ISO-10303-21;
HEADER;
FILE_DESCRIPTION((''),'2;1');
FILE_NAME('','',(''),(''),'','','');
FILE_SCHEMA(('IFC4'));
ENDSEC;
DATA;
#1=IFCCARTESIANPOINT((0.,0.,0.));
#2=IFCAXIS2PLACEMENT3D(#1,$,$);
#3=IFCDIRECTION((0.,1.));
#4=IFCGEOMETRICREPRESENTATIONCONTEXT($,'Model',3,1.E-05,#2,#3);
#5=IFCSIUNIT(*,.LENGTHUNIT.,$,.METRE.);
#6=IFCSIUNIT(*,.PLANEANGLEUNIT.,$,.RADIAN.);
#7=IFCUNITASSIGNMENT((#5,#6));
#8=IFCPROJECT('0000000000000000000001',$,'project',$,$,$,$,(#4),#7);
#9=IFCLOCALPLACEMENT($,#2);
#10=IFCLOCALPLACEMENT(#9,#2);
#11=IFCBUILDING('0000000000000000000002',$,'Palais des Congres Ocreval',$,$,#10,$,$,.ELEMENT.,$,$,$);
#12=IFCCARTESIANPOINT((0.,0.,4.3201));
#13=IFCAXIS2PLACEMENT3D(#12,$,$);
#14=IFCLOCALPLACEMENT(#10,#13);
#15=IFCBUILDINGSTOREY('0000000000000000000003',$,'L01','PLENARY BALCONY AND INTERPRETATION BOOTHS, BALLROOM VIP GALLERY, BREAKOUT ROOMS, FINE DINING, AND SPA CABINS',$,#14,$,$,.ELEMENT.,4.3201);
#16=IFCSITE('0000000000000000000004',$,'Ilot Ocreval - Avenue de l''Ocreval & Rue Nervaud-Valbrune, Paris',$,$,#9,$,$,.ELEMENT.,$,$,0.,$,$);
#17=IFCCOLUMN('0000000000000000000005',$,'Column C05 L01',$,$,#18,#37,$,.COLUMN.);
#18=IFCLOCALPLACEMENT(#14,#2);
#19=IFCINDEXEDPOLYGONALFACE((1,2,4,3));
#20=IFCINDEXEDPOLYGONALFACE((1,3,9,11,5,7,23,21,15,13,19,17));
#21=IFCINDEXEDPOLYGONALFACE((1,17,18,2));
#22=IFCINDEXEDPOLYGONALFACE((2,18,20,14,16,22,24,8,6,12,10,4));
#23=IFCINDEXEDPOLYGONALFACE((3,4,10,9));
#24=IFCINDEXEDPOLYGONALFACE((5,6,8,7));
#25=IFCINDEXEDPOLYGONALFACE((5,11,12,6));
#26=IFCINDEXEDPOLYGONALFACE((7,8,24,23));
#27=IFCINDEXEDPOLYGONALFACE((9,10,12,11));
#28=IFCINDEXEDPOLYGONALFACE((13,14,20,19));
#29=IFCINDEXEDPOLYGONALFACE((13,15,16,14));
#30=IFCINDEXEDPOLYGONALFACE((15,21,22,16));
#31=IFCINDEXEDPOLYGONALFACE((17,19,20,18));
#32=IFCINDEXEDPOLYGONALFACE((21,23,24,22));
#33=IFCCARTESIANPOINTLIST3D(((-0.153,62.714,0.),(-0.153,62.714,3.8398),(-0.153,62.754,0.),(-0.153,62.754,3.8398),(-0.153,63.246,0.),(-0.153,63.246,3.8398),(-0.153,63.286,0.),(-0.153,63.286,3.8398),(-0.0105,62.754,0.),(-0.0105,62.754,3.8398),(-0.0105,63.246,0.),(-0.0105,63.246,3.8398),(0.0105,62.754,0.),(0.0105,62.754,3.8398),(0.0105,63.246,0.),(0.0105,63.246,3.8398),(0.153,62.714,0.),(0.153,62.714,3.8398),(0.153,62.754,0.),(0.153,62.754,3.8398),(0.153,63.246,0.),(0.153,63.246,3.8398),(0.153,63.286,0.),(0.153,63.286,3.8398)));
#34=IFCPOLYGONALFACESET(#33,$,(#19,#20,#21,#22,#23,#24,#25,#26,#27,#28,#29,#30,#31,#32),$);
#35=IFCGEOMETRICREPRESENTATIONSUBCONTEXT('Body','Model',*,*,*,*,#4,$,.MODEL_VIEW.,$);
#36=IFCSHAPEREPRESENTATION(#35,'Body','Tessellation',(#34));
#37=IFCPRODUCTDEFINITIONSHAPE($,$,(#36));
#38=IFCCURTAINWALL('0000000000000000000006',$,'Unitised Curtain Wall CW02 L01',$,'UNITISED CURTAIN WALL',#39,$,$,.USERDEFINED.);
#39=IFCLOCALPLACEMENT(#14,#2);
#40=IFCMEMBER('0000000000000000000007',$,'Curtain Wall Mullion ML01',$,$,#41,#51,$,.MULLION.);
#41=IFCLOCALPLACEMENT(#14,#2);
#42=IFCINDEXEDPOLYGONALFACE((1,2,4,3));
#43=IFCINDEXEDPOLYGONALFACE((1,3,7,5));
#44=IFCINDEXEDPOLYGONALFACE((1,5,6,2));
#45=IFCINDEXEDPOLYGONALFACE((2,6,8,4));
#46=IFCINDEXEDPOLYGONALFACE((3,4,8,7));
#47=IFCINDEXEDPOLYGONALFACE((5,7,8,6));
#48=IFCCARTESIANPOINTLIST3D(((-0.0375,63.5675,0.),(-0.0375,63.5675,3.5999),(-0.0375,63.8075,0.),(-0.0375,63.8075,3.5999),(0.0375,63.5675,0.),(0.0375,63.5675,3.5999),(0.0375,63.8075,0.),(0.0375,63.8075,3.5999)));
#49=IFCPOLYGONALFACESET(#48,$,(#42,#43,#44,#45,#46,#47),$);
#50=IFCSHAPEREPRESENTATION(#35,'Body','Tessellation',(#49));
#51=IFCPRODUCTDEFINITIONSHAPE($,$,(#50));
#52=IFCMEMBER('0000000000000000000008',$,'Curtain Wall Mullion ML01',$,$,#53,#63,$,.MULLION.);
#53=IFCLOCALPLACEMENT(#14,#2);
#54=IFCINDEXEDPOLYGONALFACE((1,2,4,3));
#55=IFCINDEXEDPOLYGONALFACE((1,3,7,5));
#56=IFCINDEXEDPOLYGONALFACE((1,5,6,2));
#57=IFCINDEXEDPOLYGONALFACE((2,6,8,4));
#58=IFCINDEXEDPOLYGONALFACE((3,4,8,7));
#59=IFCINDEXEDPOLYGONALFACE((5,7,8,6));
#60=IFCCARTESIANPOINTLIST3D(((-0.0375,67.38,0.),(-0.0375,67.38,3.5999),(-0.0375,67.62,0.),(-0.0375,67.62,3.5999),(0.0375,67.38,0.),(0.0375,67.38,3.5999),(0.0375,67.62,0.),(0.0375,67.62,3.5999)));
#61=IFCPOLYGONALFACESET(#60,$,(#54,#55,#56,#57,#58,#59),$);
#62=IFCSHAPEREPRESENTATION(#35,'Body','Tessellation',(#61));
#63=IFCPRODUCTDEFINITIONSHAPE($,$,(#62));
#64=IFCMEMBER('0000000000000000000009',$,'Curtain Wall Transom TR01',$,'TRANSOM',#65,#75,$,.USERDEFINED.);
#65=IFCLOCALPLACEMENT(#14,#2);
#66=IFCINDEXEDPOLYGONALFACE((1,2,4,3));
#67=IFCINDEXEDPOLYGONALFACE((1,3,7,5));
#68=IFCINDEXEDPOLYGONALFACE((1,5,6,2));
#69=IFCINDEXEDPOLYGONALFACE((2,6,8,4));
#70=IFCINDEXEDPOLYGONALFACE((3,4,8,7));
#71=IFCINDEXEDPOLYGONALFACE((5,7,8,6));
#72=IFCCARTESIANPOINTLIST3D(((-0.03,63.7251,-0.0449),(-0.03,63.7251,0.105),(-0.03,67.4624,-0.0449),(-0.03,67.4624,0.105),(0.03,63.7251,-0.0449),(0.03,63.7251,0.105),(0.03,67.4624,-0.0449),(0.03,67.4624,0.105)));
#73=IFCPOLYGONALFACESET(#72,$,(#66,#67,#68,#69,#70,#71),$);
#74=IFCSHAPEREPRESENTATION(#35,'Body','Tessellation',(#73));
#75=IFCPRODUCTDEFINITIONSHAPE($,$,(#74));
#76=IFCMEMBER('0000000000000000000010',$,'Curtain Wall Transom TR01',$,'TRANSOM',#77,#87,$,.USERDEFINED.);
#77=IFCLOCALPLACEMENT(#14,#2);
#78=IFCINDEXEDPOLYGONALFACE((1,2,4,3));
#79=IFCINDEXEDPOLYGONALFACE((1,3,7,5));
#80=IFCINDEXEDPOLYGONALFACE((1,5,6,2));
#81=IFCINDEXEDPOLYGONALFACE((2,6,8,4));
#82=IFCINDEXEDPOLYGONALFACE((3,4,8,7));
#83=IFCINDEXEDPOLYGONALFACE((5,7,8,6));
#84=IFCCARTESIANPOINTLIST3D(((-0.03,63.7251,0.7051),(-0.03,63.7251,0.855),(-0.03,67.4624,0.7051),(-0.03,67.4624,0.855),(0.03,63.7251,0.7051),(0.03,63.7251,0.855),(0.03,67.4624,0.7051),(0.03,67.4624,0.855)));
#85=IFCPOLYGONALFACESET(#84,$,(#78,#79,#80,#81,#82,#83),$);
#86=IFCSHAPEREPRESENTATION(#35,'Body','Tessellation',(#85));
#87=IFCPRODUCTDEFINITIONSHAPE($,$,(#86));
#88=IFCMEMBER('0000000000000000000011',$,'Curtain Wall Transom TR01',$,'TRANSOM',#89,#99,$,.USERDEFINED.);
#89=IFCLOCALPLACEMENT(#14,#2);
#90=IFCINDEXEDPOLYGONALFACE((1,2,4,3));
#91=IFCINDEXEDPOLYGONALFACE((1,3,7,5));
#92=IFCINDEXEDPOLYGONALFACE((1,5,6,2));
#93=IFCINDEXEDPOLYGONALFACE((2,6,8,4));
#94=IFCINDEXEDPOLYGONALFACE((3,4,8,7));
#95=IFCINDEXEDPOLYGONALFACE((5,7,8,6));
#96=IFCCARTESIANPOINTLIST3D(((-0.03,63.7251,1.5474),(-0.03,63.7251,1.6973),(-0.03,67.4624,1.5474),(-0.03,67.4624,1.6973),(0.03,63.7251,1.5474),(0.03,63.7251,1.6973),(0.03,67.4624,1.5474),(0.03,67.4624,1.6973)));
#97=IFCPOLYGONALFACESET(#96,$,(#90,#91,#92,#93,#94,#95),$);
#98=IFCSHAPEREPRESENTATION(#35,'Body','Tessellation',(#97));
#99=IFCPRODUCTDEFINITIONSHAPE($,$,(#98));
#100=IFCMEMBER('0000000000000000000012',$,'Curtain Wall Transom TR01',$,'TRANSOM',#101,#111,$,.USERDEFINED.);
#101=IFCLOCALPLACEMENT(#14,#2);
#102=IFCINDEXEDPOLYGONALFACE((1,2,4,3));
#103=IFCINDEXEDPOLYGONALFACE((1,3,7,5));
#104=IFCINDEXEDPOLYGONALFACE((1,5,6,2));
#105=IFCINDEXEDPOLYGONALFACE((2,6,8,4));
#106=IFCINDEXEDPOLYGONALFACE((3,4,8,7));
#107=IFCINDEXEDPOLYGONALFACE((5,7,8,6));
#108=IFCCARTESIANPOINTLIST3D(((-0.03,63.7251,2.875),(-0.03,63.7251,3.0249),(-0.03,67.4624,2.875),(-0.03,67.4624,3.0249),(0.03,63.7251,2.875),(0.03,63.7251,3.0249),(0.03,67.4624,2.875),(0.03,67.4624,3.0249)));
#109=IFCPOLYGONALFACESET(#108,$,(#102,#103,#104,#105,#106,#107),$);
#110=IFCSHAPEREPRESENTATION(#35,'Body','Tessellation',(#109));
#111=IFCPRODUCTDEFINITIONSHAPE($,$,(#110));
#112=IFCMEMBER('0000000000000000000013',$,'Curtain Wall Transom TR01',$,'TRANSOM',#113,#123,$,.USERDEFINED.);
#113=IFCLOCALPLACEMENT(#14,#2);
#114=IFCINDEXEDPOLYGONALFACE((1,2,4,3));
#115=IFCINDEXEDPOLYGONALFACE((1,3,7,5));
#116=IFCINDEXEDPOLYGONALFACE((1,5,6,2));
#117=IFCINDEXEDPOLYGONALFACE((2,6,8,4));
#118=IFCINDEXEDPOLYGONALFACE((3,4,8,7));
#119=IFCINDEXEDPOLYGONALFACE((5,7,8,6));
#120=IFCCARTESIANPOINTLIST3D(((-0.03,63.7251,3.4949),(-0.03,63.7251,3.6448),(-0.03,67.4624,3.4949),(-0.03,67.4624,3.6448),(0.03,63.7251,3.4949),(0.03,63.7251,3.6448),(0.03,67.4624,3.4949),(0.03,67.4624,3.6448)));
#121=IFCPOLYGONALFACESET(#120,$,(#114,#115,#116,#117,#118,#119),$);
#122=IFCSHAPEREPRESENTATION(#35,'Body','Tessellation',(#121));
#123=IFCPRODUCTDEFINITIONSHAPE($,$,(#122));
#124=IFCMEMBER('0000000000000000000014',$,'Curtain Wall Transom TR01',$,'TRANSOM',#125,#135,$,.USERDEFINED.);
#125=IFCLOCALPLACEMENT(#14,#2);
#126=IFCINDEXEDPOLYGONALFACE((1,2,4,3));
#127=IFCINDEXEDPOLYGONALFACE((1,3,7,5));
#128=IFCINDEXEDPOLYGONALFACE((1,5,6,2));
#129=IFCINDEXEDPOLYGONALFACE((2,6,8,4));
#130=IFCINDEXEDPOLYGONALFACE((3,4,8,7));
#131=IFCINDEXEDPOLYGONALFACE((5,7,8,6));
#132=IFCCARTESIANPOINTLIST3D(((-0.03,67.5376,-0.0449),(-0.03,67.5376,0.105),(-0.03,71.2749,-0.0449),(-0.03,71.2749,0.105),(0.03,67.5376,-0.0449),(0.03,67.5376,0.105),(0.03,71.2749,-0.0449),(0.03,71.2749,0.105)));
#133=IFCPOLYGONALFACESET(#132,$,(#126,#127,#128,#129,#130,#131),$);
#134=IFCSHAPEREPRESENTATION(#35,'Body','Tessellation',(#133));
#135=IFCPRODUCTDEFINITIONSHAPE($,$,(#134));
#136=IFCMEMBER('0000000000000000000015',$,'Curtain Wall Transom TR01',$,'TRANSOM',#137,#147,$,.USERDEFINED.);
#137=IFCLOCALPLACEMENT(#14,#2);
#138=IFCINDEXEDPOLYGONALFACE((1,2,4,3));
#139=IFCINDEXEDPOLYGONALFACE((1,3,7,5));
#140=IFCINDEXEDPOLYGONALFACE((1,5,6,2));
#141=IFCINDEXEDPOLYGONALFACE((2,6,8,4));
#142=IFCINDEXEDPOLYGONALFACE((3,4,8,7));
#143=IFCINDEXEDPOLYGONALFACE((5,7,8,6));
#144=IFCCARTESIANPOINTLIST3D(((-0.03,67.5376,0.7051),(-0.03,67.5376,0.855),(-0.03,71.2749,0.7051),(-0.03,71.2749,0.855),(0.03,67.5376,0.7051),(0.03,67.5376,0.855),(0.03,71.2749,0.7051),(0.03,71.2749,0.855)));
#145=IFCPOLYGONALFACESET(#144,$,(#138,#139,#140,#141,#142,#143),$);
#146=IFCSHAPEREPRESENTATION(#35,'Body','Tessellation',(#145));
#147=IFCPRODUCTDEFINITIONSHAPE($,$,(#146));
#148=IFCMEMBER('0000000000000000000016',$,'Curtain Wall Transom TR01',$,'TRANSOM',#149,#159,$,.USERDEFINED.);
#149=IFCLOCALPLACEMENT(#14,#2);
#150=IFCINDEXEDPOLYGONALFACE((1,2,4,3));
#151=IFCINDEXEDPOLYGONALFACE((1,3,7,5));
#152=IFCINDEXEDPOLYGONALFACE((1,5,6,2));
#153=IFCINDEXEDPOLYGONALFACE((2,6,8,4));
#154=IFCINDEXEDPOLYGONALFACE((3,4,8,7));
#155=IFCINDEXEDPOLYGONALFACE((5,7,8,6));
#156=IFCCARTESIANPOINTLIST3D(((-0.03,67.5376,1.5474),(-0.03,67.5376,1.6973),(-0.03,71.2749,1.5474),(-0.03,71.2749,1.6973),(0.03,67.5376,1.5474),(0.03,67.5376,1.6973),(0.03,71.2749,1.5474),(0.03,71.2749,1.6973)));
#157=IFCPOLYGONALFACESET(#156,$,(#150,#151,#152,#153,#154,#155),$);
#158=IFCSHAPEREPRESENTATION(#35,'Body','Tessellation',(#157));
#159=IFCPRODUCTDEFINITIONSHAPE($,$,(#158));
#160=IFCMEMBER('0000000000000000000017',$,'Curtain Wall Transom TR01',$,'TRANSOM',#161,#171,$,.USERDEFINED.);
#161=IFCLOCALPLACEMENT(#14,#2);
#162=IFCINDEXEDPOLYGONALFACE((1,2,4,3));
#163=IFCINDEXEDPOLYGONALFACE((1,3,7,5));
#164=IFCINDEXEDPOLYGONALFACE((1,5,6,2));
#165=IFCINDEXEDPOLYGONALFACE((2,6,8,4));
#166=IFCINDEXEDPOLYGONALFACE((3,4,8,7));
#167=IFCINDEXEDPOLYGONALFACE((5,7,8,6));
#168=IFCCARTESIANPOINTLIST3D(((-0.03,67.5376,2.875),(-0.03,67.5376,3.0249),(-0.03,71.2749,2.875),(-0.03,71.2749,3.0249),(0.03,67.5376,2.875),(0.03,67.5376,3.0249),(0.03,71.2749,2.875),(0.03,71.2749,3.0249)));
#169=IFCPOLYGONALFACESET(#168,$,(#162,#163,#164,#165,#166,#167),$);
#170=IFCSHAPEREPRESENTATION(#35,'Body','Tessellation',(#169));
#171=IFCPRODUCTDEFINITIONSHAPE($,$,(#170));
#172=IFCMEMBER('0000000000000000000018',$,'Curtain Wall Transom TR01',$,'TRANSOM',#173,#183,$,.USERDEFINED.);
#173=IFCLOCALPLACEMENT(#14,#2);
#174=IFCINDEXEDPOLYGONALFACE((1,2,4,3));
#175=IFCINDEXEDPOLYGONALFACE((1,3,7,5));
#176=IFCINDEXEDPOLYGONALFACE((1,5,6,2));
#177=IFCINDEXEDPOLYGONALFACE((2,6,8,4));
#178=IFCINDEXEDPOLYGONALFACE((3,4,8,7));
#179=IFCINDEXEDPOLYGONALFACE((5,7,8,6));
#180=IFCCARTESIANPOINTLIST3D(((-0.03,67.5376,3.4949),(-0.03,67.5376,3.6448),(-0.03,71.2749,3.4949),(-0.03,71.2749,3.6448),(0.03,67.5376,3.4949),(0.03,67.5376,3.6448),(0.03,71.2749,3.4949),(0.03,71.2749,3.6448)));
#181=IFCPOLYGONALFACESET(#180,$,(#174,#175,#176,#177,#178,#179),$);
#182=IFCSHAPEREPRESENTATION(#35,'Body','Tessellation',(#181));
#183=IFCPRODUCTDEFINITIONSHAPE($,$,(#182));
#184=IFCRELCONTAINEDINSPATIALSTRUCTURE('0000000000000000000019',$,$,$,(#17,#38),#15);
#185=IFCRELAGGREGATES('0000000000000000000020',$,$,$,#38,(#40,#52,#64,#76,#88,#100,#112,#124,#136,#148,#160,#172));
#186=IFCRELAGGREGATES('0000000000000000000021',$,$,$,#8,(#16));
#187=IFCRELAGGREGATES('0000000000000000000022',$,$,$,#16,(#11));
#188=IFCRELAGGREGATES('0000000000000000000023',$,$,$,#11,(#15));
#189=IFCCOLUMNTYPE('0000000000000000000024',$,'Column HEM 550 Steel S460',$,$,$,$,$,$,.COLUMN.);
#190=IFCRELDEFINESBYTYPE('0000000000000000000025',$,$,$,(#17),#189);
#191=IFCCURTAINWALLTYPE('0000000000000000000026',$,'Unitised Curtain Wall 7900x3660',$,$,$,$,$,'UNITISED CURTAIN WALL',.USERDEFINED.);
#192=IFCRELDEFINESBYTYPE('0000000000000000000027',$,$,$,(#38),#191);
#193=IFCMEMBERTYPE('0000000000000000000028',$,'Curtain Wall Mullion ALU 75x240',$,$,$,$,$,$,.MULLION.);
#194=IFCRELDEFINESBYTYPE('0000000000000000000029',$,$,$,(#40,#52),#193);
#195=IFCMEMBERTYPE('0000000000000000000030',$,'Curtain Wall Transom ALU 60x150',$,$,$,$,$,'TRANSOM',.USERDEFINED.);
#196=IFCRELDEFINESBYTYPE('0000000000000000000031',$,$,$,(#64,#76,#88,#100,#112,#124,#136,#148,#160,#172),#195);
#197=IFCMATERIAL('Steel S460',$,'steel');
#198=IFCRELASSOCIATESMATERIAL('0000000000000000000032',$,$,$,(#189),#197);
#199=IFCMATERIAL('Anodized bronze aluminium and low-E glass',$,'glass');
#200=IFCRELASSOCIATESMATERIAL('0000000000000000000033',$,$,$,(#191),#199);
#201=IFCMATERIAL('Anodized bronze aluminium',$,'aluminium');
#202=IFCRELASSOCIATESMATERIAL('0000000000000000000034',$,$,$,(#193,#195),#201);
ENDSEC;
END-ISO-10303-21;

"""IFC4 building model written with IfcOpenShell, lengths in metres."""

from ifc_helpers import new_model, si_unit, direction, frame, origin, origin_2d, place, context, subcontext, project, spatial, rectangle, i_section, extrude, material, material_profile, profile_set, type_object, element, aggregate, save


model = new_model("IFC4")

# Units and contexts
model_context = context("Model", 3, precision=1e-05, world=origin(), true_north=direction((0.0, 1.0)))
body_context = subcontext(model_context, "Body", "Model", "MODEL_VIEW")
ifc_project = project(units=[si_unit("LENGTHUNIT", "METRE"), si_unit("PLANEANGLEUNIT", "RADIAN")], contexts=[model_context])

# Site, building, storey
site_placement = place(None, origin())
site = spatial("IfcSite", under=ifc_project, at=site_placement, Name="Ilot Ocreval - Avenue de l'Ocreval & Rue Nervaud-Valbrune, Paris", CompositionType="ELEMENT", RefElevation=0.0)
building_placement = place(site_placement, origin())
building = spatial("IfcBuilding", under=site, at=building_placement, Name="Palais des Congres Ocreval", CompositionType="ELEMENT")
storey_placement = place(building_placement, frame((0.0, 0.0, 4.3201)))
storey = spatial("IfcBuildingStorey", under=building, at=storey_placement, Name="L01", Description="PLENARY BALCONY AND INTERPRETATION BOOTHS, BALLROOM VIP GALLERY, BREAKOUT ROOMS, FINE DINING, AND SPA CABINS", CompositionType="ELEMENT", Elevation=4.3201)

# Column
ifc_material_1 = material(Name="Steel S460", Category="steel")
ifc_material_profile_1 = material_profile(ifc_material_1, i_section(OverallWidth=0.3059, OverallDepth=0.572, WebThickness=0.021, FlangeThickness=0.04, at=origin_2d()), Name="HEM 550")
ifc_profile_set_1 = profile_set([ifc_material_profile_1], Name="Steel S460")
column_type = type_object("IfcColumnType", Name="Column HEM 550 Steel S460", PredefinedType="COLUMN", material=ifc_profile_set_1)
column_placement = place(storey_placement, frame((0.0, 63.0, 0.0), z_axis=(0.0, 0.0, 1.0), x_axis=(1.0, 0.0, 0.0)))
element("IfcColumn", 1, at=column_placement, inside=storey, type_object=column_type, Name="Column C05 L01", PredefinedType="COLUMN", context=body_context, shape_type="SweptSolid", body=[
    extrude(i_section(OverallWidth=0.3059, OverallDepth=0.572, WebThickness=0.021, FlangeThickness=0.04, at=origin_2d()), origin(), (0.0, 0.0, 1.0), 3.8398),
])

# Curtain wall, members
ifc_material_2 = material(Name="Anodized bronze aluminium and low-E glass", Category="glass")
curtain_wall_type = type_object("IfcCurtainWallType", Name="Unitised Curtain Wall 7900x3660", ElementType="UNITISED CURTAIN WALL", PredefinedType="USERDEFINED", material=ifc_material_2)
curtain_wall_placement = place(storey_placement, origin())
curtain_wall = element("IfcCurtainWall", 2, at=curtain_wall_placement, inside=storey, type_object=curtain_wall_type, Name="Unitised Curtain Wall CW02 L01", ObjectType="UNITISED CURTAIN WALL", PredefinedType="USERDEFINED")
ifc_material_3 = material(Name="Anodized bronze aluminium", Category="aluminium")
ifc_material_profile_2 = material_profile(ifc_material_3, rectangle(XDim=0.075, YDim=0.24, at=origin_2d()), Name="ALU 75x240")
ifc_profile_set_2 = profile_set([ifc_material_profile_2], Name="Anodized bronze aluminium")
member_type_1 = type_object("IfcMemberType", Name="Curtain Wall Mullion ALU 75x240", PredefinedType="MULLION", material=ifc_profile_set_2)
member_1_placement = place(storey_placement, frame((0.0, 63.6875, 0.0), z_axis=(0.0, 0.0, 1.0), x_axis=(-1.0, 0.0, 0.0)))
member_1 = element("IfcMember", 3, at=member_1_placement, type_object=member_type_1, Name="Curtain Wall Mullion ML01", PredefinedType="MULLION", context=body_context, shape_type="SweptSolid", body=[
    extrude(rectangle(XDim=0.075, YDim=0.24, at=origin_2d()), origin(), (0.0, 0.0, 1.0), 3.5999),
])
member_2_placement = place(storey_placement, frame((0.0, 67.5, 0.0), z_axis=(0.0, 0.0, 1.0), x_axis=(-1.0, 0.0, 0.0)))
member_2 = element("IfcMember", 4, at=member_2_placement, type_object=member_type_1, Name="Curtain Wall Mullion ML01", PredefinedType="MULLION", context=body_context, shape_type="SweptSolid", body=[
    extrude(rectangle(XDim=0.075, YDim=0.24, at=origin_2d()), origin(), (0.0, 0.0, 1.0), 3.5999),
])
ifc_material_profile_3 = material_profile(ifc_material_3, rectangle(XDim=0.0601, YDim=0.1499, at=origin_2d()), Name="ALU 60x150")
ifc_profile_set_3 = profile_set([ifc_material_profile_3], Name="Anodized bronze aluminium")
member_type_2 = type_object("IfcMemberType", Name="Curtain Wall Transom ALU 60x150", ElementType="TRANSOM", PredefinedType="USERDEFINED", material=ifc_profile_set_3)
member_3_placement = place(storey_placement, frame((0.0, 63.7251, 0.03), z_axis=(0.0, 1.0, 0.0), x_axis=(-1.0, 0.0, 0.0)))
member_3 = element("IfcMember", 5, at=member_3_placement, type_object=member_type_2, Name="Curtain Wall Transom TR01", ObjectType="TRANSOM", PredefinedType="USERDEFINED", context=body_context, shape_type="SweptSolid", body=[
    extrude(rectangle(XDim=0.0601, YDim=0.1499, at=origin_2d()), origin(), (0.0, 0.0, 1.0), 3.7373),
])
member_4_placement = place(storey_placement, frame((0.0, 63.7251, 0.78), z_axis=(0.0, 1.0, 0.0), x_axis=(-1.0, 0.0, 0.0)))
member_4 = element("IfcMember", 6, at=member_4_placement, type_object=member_type_2, Name="Curtain Wall Transom TR01", ObjectType="TRANSOM", PredefinedType="USERDEFINED", context=body_context, shape_type="SweptSolid", body=[
    extrude(rectangle(XDim=0.0601, YDim=0.1499, at=origin_2d()), origin(), (0.0, 0.0, 1.0), 3.7373),
])
member_5_placement = place(storey_placement, frame((0.0, 63.7251, 1.6223), z_axis=(0.0, 1.0, 0.0), x_axis=(-1.0, 0.0, 0.0)))
member_5 = element("IfcMember", 7, at=member_5_placement, type_object=member_type_2, Name="Curtain Wall Transom TR01", ObjectType="TRANSOM", PredefinedType="USERDEFINED", context=body_context, shape_type="SweptSolid", body=[
    extrude(rectangle(XDim=0.0601, YDim=0.1499, at=origin_2d()), origin(), (0.0, 0.0, 1.0), 3.7373),
])
member_6_placement = place(storey_placement, frame((0.0, 63.7251, 2.95), z_axis=(0.0, 1.0, 0.0), x_axis=(-1.0, 0.0, 0.0)))
member_6 = element("IfcMember", 8, at=member_6_placement, type_object=member_type_2, Name="Curtain Wall Transom TR01", ObjectType="TRANSOM", PredefinedType="USERDEFINED", context=body_context, shape_type="SweptSolid", body=[
    extrude(rectangle(XDim=0.0601, YDim=0.1499, at=origin_2d()), origin(), (0.0, 0.0, 1.0), 3.7373),
])
member_7_placement = place(storey_placement, frame((0.0, 63.7251, 3.5698), z_axis=(0.0, 1.0, 0.0), x_axis=(-1.0, 0.0, 0.0)))
member_7 = element("IfcMember", 9, at=member_7_placement, type_object=member_type_2, Name="Curtain Wall Transom TR01", ObjectType="TRANSOM", PredefinedType="USERDEFINED", context=body_context, shape_type="SweptSolid", body=[
    extrude(rectangle(XDim=0.0601, YDim=0.1499, at=origin_2d()), origin(), (0.0, 0.0, 1.0), 3.7373),
])
member_8_placement = place(storey_placement, frame((0.0, 67.5376, 0.03), z_axis=(0.0, 1.0, 0.0), x_axis=(-1.0, 0.0, 0.0)))
member_8 = element("IfcMember", 10, at=member_8_placement, type_object=member_type_2, Name="Curtain Wall Transom TR01", ObjectType="TRANSOM", PredefinedType="USERDEFINED", context=body_context, shape_type="SweptSolid", body=[
    extrude(rectangle(XDim=0.0601, YDim=0.1499, at=origin_2d()), origin(), (0.0, 0.0, 1.0), 3.7373),
])
member_9_placement = place(storey_placement, frame((0.0, 67.5376, 0.78), z_axis=(0.0, 1.0, 0.0), x_axis=(-1.0, 0.0, 0.0)))
member_9 = element("IfcMember", 11, at=member_9_placement, type_object=member_type_2, Name="Curtain Wall Transom TR01", ObjectType="TRANSOM", PredefinedType="USERDEFINED", context=body_context, shape_type="SweptSolid", body=[
    extrude(rectangle(XDim=0.0601, YDim=0.1499, at=origin_2d()), origin(), (0.0, 0.0, 1.0), 3.7373),
])
member_10_placement = place(storey_placement, frame((0.0, 67.5376, 1.6223), z_axis=(0.0, 1.0, 0.0), x_axis=(-1.0, 0.0, 0.0)))
member_10 = element("IfcMember", 12, at=member_10_placement, type_object=member_type_2, Name="Curtain Wall Transom TR01", ObjectType="TRANSOM", PredefinedType="USERDEFINED", context=body_context, shape_type="SweptSolid", body=[
    extrude(rectangle(XDim=0.0601, YDim=0.1499, at=origin_2d()), origin(), (0.0, 0.0, 1.0), 3.7373),
])
member_11_placement = place(storey_placement, frame((0.0, 67.5376, 2.95), z_axis=(0.0, 1.0, 0.0), x_axis=(-1.0, 0.0, 0.0)))
member_11 = element("IfcMember", 13, at=member_11_placement, type_object=member_type_2, Name="Curtain Wall Transom TR01", ObjectType="TRANSOM", PredefinedType="USERDEFINED", context=body_context, shape_type="SweptSolid", body=[
    extrude(rectangle(XDim=0.0601, YDim=0.1499, at=origin_2d()), origin(), (0.0, 0.0, 1.0), 3.7373),
])
member_12_placement = place(storey_placement, frame((0.0, 67.5376, 3.5698), z_axis=(0.0, 1.0, 0.0), x_axis=(-1.0, 0.0, 0.0)))
member_12 = element("IfcMember", 14, at=member_12_placement, type_object=member_type_2, Name="Curtain Wall Transom TR01", ObjectType="TRANSOM", PredefinedType="USERDEFINED", context=body_context, shape_type="SweptSolid", body=[
    extrude(rectangle(XDim=0.0601, YDim=0.1499, at=origin_2d()), origin(), (0.0, 0.0, 1.0), 3.7373),
])

aggregate(curtain_wall, [member_1, member_2, member_3, member_4, member_5, member_6, member_7, member_8, member_9, member_10, member_11, member_12])

save(model, "model.ifc")
